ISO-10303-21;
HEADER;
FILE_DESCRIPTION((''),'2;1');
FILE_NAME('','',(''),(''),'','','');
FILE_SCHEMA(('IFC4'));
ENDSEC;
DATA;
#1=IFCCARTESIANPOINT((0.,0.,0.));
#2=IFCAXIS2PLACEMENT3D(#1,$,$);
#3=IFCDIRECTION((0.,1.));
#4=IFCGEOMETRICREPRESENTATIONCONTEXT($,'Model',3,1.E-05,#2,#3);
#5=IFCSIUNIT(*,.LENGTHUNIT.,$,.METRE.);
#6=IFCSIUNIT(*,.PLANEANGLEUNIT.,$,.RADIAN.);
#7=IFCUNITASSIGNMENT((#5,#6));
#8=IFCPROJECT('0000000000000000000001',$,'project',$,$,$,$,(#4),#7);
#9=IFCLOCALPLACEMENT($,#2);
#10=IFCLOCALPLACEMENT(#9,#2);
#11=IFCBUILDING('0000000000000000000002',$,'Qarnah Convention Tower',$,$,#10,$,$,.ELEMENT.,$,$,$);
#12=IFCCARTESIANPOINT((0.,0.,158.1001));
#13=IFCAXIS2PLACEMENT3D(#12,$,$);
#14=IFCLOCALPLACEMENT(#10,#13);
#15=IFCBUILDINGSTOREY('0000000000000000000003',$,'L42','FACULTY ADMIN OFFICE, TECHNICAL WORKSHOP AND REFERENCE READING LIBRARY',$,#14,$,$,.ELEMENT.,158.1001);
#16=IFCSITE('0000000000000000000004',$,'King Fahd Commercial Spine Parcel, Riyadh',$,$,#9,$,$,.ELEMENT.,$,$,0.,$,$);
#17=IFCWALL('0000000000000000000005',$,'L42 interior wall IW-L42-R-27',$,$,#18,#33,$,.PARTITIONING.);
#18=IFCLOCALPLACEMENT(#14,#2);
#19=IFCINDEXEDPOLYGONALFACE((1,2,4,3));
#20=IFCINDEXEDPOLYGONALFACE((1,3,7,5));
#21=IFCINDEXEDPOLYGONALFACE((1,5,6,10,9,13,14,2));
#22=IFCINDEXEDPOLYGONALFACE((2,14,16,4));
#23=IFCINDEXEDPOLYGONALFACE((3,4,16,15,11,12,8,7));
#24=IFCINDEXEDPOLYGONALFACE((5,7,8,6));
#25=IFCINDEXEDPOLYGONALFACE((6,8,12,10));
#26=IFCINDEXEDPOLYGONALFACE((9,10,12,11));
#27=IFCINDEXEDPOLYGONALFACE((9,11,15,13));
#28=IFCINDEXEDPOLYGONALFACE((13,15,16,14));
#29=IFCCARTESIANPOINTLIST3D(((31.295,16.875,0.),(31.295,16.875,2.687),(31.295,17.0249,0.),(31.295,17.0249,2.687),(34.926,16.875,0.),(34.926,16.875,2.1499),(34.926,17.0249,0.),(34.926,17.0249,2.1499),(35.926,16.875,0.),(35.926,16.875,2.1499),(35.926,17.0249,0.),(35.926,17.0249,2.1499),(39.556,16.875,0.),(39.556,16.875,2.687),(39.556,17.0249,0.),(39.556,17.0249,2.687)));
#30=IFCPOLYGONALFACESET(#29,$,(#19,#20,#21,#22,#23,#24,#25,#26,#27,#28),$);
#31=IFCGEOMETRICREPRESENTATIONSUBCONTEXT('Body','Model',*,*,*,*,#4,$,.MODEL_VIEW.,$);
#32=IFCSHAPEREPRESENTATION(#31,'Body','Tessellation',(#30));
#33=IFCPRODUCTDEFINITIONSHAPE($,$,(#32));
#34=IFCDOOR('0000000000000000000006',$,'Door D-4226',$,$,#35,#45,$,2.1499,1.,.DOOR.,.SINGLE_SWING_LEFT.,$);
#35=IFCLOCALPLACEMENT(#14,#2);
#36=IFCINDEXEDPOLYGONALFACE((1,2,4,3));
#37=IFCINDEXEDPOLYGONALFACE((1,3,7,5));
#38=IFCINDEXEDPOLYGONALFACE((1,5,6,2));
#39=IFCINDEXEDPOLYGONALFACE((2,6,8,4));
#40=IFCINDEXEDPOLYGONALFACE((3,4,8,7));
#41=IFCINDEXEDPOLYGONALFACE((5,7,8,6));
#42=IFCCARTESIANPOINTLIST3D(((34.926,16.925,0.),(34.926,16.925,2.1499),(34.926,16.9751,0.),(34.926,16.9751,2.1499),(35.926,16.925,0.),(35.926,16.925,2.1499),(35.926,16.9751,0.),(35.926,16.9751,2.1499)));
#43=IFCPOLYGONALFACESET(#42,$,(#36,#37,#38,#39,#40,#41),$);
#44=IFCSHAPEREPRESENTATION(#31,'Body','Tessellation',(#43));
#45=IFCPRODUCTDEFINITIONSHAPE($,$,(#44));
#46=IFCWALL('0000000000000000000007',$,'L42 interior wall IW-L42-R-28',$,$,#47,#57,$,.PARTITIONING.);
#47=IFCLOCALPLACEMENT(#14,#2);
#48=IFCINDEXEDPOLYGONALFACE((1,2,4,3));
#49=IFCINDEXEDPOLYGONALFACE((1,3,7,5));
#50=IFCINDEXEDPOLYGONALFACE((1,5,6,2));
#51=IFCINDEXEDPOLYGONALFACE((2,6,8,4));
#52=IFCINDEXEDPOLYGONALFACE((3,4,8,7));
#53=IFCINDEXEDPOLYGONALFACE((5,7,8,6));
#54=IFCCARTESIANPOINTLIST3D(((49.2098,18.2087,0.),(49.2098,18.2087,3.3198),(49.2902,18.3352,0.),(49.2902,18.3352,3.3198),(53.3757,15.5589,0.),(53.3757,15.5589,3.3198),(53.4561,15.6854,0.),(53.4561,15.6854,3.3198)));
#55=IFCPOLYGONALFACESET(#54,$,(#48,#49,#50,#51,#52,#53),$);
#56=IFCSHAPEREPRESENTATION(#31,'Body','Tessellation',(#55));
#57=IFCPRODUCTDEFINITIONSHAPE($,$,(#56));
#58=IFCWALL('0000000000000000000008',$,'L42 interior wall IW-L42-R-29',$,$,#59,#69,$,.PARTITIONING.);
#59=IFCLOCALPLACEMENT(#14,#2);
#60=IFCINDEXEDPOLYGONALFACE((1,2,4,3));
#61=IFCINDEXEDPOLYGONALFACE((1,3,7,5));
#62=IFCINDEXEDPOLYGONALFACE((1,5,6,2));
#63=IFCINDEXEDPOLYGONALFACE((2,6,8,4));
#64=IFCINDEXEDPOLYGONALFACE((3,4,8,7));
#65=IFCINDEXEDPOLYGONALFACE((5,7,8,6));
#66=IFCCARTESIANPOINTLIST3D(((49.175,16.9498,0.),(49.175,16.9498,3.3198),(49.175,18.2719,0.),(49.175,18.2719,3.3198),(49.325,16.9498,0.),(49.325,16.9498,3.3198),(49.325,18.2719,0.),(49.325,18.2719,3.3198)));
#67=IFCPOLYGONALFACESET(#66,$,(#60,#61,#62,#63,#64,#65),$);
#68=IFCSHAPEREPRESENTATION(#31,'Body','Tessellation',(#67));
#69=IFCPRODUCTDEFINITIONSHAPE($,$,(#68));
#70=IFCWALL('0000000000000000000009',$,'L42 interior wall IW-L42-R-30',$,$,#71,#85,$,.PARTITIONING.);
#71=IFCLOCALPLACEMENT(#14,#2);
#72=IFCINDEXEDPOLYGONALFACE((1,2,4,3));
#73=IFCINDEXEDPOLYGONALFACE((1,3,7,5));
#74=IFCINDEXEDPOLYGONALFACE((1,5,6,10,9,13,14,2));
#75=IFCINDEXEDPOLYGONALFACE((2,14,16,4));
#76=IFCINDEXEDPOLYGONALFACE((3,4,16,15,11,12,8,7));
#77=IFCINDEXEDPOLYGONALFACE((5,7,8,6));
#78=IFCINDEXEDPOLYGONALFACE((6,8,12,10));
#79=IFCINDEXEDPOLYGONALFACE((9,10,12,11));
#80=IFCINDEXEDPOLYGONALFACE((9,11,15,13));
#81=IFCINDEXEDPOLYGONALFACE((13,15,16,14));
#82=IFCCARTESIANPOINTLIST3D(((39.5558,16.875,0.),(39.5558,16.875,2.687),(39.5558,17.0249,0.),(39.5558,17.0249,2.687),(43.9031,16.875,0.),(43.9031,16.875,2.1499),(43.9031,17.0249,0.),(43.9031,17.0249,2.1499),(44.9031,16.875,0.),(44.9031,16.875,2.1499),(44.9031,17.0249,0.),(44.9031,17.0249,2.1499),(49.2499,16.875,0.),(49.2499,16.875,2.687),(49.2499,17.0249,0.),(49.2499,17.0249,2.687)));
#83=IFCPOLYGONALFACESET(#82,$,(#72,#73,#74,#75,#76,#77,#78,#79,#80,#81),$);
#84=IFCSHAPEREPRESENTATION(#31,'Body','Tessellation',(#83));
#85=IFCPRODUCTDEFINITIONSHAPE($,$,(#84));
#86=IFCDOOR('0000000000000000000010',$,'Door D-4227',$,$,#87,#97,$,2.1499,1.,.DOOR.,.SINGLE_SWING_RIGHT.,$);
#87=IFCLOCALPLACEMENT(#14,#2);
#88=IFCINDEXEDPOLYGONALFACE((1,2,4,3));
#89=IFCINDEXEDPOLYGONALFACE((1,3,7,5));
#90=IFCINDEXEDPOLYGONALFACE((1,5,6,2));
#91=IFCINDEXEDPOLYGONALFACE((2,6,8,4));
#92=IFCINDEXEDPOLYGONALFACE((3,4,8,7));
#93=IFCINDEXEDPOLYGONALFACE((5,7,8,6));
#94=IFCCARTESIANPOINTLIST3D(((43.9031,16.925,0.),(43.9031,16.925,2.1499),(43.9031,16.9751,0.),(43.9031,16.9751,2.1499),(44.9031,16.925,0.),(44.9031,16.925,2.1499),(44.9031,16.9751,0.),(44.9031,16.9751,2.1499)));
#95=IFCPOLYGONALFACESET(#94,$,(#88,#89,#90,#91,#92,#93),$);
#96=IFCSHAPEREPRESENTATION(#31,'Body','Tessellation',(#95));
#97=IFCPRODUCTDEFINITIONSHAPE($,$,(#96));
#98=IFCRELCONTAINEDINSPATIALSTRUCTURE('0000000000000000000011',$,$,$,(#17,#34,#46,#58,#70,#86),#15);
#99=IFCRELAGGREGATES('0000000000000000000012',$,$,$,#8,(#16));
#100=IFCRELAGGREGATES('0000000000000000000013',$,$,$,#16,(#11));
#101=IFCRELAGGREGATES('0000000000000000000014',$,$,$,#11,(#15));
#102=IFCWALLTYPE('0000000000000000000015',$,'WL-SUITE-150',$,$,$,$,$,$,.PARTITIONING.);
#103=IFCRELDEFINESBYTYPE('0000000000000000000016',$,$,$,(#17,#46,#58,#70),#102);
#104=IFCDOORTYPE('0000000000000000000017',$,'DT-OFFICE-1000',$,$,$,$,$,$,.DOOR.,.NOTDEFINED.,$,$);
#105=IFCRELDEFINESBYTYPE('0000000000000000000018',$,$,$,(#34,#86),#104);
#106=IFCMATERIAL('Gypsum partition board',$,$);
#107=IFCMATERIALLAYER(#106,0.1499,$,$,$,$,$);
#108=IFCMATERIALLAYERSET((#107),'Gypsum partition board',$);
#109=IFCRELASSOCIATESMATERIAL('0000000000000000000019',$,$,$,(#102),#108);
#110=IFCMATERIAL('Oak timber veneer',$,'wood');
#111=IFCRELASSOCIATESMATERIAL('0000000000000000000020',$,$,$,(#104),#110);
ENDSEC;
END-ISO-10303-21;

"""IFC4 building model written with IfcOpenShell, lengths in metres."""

from ifc_helpers import new_model, si_unit, direction, frame, frame_2d, origin, place, context, subcontext, project, spatial, rectangle, extrude, material, layer, layer_set, type_object, element, fill, save


model = new_model("IFC4")

# Units and contexts
model_context = context("Model", 3, precision=1e-05, world=origin(), true_north=direction((0.0, 1.0)))
body_context = subcontext(model_context, "Body", "Model", "MODEL_VIEW")
ifc_project = project(units=[si_unit("LENGTHUNIT", "METRE"), si_unit("PLANEANGLEUNIT", "RADIAN")], contexts=[model_context])

# Site, building, storey
site_placement = place(None, origin())
site = spatial("IfcSite", under=ifc_project, at=site_placement, Name="King Fahd Commercial Spine Parcel, Riyadh", CompositionType="ELEMENT", RefElevation=0.0)
building_placement = place(site_placement, origin())
building = spatial("IfcBuilding", under=site, at=building_placement, Name="Qarnah Convention Tower", CompositionType="ELEMENT")
storey_placement = place(building_placement, frame((0.0, 0.0, 158.1001)))
storey = spatial("IfcBuildingStorey", under=building, at=storey_placement, Name="L42", Description="FACULTY ADMIN OFFICE, TECHNICAL WORKSHOP AND REFERENCE READING LIBRARY", CompositionType="ELEMENT", Elevation=158.1001)

# Wall, opening, door
ifc_material_1 = material(Name="Gypsum partition board")
ifc_layer_1 = layer(ifc_material_1, 0.1499)
ifc_layer_set_1 = layer_set([ifc_layer_1], Name="Gypsum partition board")
wall_type_1 = type_object("IfcWallType", Name="WL-SUITE-150", PredefinedType="PARTITIONING", material=ifc_layer_set_1)
wall_1_placement = place(storey_placement, frame((39.5559, 16.95, 0.0), z_axis=(0.0, 0.0, 1.0), x_axis=(-1.0, 0.0, 0.0)))
wall_1 = element("IfcWall", 1, at=wall_1_placement, inside=storey, type_object=wall_type_1, Name="L42 interior wall IW-L42-R-27", PredefinedType="PARTITIONING", context=body_context, shape_type="SweptSolid", body=[
    extrude(rectangle(XDim=8.261, YDim=0.1499, at=frame_2d((4.1304, 0.0))), origin(), (0.0, 0.0, 1.0), 2.687),
])
opening_1_placement = place(wall_1_placement, frame((3.6299, 0.0, 0.0)))
opening_1 = element("IfcOpeningElement", 2, at=opening_1_placement, cuts=wall_1, PredefinedType="OPENING", context=body_context, shape_type="SweptSolid", body=[
    extrude(rectangle(XDim=1.0, YDim=2.1499, at=frame_2d((0.5, 1.075))), frame((0.0, 0.085, 0.0), z_axis=(0.0, -1.0, 0.0), x_axis=(1.0, 0.0, 0.0)), (0.0, 0.0, 1.0), 0.1699),
])
ifc_material_2 = material(Name="Oak timber veneer", Category="wood")
door_type_1 = type_object("IfcDoorType", Name="DT-OFFICE-1000", OperationType="NOTDEFINED", PredefinedType="DOOR", material=ifc_material_2)
door_1_placement = place(opening_1_placement, origin())
door_1 = element("IfcDoor", 3, at=door_1_placement, inside=storey, type_object=door_type_1, Name="Door D-4226", OperationType="SINGLE_SWING_LEFT", OverallHeight=2.1499, OverallWidth=1.0, PredefinedType="DOOR", context=body_context, shape_type="SweptSolid", body=[
    extrude(rectangle(XDim=1.0, YDim=2.1499, at=frame_2d((0.5, 1.075))), frame((0.0, 0.0249, 0.0), z_axis=(0.0, -1.0, 0.0), x_axis=(1.0, 0.0, 0.0)), (0.0, 0.0, 1.0), 0.05),
])
fill(opening_1, door_1)

# Walls
wall_2_placement = place(storey_placement, frame((53.416, 15.6221, 0.0), z_axis=(0.0, 0.0, 1.0), x_axis=(-0.843771, 0.536703, 0.0)))
element("IfcWall", 4, at=wall_2_placement, inside=storey, type_object=wall_type_1, Name="L42 interior wall IW-L42-R-28", PredefinedType="PARTITIONING", context=body_context, shape_type="SweptSolid", body=[
    extrude(rectangle(XDim=4.9373, YDim=0.1499, at=frame_2d((2.4688, 0.0))), origin(), (0.0, 0.0, 1.0), 3.3198),
])
wall_3_placement = place(storey_placement, frame((49.25, 18.272, 0.0), z_axis=(0.0, 0.0, 1.0), x_axis=(0.0, -1.0, 0.0)))
element("IfcWall", 5, at=wall_3_placement, inside=storey, type_object=wall_type_1, Name="L42 interior wall IW-L42-R-29", PredefinedType="PARTITIONING", context=body_context, shape_type="SweptSolid", body=[
    extrude(rectangle(XDim=1.322, YDim=0.1499, at=frame_2d((0.6611, 0.0))), origin(), (0.0, 0.0, 1.0), 3.3198),
])

# Wall, opening, door
wall_4_placement = place(storey_placement, frame((49.25, 16.95, 0.0), z_axis=(0.0, 0.0, 1.0), x_axis=(-1.0, 0.0, 0.0)))
wall_4 = element("IfcWall", 6, at=wall_4_placement, inside=storey, type_object=wall_type_1, Name="L42 interior wall IW-L42-R-30", PredefinedType="PARTITIONING", context=body_context, shape_type="SweptSolid", body=[
    extrude(rectangle(XDim=9.6941, YDim=0.1499, at=frame_2d((4.8472, 0.0))), origin(), (0.0, 0.0, 1.0), 2.687),
])
opening_2_placement = place(wall_4_placement, frame((4.3469, 0.0, 0.0)))
opening_2 = element("IfcOpeningElement", 7, at=opening_2_placement, cuts=wall_4, PredefinedType="OPENING", context=body_context, shape_type="SweptSolid", body=[
    extrude(rectangle(XDim=1.0, YDim=2.1499, at=frame_2d((0.5, 1.075))), frame((0.0, 0.085, 0.0), z_axis=(0.0, -1.0, 0.0), x_axis=(1.0, 0.0, 0.0)), (0.0, 0.0, 1.0), 0.1699),
])
door_2_placement = place(opening_2_placement, origin())
door_2 = element("IfcDoor", 8, at=door_2_placement, inside=storey, type_object=door_type_1, Name="Door D-4227", OperationType="SINGLE_SWING_RIGHT", OverallHeight=2.1499, OverallWidth=1.0, PredefinedType="DOOR", context=body_context, shape_type="SweptSolid", body=[
    extrude(rectangle(XDim=1.0, YDim=2.1499, at=frame_2d((0.5, 1.075))), frame((0.0, 0.0249, 0.0), z_axis=(0.0, -1.0, 0.0), x_axis=(1.0, 0.0, 0.0)), (0.0, 0.0, 1.0), 0.05),
])
fill(opening_2, door_2)

save(model, "model.ifc")
